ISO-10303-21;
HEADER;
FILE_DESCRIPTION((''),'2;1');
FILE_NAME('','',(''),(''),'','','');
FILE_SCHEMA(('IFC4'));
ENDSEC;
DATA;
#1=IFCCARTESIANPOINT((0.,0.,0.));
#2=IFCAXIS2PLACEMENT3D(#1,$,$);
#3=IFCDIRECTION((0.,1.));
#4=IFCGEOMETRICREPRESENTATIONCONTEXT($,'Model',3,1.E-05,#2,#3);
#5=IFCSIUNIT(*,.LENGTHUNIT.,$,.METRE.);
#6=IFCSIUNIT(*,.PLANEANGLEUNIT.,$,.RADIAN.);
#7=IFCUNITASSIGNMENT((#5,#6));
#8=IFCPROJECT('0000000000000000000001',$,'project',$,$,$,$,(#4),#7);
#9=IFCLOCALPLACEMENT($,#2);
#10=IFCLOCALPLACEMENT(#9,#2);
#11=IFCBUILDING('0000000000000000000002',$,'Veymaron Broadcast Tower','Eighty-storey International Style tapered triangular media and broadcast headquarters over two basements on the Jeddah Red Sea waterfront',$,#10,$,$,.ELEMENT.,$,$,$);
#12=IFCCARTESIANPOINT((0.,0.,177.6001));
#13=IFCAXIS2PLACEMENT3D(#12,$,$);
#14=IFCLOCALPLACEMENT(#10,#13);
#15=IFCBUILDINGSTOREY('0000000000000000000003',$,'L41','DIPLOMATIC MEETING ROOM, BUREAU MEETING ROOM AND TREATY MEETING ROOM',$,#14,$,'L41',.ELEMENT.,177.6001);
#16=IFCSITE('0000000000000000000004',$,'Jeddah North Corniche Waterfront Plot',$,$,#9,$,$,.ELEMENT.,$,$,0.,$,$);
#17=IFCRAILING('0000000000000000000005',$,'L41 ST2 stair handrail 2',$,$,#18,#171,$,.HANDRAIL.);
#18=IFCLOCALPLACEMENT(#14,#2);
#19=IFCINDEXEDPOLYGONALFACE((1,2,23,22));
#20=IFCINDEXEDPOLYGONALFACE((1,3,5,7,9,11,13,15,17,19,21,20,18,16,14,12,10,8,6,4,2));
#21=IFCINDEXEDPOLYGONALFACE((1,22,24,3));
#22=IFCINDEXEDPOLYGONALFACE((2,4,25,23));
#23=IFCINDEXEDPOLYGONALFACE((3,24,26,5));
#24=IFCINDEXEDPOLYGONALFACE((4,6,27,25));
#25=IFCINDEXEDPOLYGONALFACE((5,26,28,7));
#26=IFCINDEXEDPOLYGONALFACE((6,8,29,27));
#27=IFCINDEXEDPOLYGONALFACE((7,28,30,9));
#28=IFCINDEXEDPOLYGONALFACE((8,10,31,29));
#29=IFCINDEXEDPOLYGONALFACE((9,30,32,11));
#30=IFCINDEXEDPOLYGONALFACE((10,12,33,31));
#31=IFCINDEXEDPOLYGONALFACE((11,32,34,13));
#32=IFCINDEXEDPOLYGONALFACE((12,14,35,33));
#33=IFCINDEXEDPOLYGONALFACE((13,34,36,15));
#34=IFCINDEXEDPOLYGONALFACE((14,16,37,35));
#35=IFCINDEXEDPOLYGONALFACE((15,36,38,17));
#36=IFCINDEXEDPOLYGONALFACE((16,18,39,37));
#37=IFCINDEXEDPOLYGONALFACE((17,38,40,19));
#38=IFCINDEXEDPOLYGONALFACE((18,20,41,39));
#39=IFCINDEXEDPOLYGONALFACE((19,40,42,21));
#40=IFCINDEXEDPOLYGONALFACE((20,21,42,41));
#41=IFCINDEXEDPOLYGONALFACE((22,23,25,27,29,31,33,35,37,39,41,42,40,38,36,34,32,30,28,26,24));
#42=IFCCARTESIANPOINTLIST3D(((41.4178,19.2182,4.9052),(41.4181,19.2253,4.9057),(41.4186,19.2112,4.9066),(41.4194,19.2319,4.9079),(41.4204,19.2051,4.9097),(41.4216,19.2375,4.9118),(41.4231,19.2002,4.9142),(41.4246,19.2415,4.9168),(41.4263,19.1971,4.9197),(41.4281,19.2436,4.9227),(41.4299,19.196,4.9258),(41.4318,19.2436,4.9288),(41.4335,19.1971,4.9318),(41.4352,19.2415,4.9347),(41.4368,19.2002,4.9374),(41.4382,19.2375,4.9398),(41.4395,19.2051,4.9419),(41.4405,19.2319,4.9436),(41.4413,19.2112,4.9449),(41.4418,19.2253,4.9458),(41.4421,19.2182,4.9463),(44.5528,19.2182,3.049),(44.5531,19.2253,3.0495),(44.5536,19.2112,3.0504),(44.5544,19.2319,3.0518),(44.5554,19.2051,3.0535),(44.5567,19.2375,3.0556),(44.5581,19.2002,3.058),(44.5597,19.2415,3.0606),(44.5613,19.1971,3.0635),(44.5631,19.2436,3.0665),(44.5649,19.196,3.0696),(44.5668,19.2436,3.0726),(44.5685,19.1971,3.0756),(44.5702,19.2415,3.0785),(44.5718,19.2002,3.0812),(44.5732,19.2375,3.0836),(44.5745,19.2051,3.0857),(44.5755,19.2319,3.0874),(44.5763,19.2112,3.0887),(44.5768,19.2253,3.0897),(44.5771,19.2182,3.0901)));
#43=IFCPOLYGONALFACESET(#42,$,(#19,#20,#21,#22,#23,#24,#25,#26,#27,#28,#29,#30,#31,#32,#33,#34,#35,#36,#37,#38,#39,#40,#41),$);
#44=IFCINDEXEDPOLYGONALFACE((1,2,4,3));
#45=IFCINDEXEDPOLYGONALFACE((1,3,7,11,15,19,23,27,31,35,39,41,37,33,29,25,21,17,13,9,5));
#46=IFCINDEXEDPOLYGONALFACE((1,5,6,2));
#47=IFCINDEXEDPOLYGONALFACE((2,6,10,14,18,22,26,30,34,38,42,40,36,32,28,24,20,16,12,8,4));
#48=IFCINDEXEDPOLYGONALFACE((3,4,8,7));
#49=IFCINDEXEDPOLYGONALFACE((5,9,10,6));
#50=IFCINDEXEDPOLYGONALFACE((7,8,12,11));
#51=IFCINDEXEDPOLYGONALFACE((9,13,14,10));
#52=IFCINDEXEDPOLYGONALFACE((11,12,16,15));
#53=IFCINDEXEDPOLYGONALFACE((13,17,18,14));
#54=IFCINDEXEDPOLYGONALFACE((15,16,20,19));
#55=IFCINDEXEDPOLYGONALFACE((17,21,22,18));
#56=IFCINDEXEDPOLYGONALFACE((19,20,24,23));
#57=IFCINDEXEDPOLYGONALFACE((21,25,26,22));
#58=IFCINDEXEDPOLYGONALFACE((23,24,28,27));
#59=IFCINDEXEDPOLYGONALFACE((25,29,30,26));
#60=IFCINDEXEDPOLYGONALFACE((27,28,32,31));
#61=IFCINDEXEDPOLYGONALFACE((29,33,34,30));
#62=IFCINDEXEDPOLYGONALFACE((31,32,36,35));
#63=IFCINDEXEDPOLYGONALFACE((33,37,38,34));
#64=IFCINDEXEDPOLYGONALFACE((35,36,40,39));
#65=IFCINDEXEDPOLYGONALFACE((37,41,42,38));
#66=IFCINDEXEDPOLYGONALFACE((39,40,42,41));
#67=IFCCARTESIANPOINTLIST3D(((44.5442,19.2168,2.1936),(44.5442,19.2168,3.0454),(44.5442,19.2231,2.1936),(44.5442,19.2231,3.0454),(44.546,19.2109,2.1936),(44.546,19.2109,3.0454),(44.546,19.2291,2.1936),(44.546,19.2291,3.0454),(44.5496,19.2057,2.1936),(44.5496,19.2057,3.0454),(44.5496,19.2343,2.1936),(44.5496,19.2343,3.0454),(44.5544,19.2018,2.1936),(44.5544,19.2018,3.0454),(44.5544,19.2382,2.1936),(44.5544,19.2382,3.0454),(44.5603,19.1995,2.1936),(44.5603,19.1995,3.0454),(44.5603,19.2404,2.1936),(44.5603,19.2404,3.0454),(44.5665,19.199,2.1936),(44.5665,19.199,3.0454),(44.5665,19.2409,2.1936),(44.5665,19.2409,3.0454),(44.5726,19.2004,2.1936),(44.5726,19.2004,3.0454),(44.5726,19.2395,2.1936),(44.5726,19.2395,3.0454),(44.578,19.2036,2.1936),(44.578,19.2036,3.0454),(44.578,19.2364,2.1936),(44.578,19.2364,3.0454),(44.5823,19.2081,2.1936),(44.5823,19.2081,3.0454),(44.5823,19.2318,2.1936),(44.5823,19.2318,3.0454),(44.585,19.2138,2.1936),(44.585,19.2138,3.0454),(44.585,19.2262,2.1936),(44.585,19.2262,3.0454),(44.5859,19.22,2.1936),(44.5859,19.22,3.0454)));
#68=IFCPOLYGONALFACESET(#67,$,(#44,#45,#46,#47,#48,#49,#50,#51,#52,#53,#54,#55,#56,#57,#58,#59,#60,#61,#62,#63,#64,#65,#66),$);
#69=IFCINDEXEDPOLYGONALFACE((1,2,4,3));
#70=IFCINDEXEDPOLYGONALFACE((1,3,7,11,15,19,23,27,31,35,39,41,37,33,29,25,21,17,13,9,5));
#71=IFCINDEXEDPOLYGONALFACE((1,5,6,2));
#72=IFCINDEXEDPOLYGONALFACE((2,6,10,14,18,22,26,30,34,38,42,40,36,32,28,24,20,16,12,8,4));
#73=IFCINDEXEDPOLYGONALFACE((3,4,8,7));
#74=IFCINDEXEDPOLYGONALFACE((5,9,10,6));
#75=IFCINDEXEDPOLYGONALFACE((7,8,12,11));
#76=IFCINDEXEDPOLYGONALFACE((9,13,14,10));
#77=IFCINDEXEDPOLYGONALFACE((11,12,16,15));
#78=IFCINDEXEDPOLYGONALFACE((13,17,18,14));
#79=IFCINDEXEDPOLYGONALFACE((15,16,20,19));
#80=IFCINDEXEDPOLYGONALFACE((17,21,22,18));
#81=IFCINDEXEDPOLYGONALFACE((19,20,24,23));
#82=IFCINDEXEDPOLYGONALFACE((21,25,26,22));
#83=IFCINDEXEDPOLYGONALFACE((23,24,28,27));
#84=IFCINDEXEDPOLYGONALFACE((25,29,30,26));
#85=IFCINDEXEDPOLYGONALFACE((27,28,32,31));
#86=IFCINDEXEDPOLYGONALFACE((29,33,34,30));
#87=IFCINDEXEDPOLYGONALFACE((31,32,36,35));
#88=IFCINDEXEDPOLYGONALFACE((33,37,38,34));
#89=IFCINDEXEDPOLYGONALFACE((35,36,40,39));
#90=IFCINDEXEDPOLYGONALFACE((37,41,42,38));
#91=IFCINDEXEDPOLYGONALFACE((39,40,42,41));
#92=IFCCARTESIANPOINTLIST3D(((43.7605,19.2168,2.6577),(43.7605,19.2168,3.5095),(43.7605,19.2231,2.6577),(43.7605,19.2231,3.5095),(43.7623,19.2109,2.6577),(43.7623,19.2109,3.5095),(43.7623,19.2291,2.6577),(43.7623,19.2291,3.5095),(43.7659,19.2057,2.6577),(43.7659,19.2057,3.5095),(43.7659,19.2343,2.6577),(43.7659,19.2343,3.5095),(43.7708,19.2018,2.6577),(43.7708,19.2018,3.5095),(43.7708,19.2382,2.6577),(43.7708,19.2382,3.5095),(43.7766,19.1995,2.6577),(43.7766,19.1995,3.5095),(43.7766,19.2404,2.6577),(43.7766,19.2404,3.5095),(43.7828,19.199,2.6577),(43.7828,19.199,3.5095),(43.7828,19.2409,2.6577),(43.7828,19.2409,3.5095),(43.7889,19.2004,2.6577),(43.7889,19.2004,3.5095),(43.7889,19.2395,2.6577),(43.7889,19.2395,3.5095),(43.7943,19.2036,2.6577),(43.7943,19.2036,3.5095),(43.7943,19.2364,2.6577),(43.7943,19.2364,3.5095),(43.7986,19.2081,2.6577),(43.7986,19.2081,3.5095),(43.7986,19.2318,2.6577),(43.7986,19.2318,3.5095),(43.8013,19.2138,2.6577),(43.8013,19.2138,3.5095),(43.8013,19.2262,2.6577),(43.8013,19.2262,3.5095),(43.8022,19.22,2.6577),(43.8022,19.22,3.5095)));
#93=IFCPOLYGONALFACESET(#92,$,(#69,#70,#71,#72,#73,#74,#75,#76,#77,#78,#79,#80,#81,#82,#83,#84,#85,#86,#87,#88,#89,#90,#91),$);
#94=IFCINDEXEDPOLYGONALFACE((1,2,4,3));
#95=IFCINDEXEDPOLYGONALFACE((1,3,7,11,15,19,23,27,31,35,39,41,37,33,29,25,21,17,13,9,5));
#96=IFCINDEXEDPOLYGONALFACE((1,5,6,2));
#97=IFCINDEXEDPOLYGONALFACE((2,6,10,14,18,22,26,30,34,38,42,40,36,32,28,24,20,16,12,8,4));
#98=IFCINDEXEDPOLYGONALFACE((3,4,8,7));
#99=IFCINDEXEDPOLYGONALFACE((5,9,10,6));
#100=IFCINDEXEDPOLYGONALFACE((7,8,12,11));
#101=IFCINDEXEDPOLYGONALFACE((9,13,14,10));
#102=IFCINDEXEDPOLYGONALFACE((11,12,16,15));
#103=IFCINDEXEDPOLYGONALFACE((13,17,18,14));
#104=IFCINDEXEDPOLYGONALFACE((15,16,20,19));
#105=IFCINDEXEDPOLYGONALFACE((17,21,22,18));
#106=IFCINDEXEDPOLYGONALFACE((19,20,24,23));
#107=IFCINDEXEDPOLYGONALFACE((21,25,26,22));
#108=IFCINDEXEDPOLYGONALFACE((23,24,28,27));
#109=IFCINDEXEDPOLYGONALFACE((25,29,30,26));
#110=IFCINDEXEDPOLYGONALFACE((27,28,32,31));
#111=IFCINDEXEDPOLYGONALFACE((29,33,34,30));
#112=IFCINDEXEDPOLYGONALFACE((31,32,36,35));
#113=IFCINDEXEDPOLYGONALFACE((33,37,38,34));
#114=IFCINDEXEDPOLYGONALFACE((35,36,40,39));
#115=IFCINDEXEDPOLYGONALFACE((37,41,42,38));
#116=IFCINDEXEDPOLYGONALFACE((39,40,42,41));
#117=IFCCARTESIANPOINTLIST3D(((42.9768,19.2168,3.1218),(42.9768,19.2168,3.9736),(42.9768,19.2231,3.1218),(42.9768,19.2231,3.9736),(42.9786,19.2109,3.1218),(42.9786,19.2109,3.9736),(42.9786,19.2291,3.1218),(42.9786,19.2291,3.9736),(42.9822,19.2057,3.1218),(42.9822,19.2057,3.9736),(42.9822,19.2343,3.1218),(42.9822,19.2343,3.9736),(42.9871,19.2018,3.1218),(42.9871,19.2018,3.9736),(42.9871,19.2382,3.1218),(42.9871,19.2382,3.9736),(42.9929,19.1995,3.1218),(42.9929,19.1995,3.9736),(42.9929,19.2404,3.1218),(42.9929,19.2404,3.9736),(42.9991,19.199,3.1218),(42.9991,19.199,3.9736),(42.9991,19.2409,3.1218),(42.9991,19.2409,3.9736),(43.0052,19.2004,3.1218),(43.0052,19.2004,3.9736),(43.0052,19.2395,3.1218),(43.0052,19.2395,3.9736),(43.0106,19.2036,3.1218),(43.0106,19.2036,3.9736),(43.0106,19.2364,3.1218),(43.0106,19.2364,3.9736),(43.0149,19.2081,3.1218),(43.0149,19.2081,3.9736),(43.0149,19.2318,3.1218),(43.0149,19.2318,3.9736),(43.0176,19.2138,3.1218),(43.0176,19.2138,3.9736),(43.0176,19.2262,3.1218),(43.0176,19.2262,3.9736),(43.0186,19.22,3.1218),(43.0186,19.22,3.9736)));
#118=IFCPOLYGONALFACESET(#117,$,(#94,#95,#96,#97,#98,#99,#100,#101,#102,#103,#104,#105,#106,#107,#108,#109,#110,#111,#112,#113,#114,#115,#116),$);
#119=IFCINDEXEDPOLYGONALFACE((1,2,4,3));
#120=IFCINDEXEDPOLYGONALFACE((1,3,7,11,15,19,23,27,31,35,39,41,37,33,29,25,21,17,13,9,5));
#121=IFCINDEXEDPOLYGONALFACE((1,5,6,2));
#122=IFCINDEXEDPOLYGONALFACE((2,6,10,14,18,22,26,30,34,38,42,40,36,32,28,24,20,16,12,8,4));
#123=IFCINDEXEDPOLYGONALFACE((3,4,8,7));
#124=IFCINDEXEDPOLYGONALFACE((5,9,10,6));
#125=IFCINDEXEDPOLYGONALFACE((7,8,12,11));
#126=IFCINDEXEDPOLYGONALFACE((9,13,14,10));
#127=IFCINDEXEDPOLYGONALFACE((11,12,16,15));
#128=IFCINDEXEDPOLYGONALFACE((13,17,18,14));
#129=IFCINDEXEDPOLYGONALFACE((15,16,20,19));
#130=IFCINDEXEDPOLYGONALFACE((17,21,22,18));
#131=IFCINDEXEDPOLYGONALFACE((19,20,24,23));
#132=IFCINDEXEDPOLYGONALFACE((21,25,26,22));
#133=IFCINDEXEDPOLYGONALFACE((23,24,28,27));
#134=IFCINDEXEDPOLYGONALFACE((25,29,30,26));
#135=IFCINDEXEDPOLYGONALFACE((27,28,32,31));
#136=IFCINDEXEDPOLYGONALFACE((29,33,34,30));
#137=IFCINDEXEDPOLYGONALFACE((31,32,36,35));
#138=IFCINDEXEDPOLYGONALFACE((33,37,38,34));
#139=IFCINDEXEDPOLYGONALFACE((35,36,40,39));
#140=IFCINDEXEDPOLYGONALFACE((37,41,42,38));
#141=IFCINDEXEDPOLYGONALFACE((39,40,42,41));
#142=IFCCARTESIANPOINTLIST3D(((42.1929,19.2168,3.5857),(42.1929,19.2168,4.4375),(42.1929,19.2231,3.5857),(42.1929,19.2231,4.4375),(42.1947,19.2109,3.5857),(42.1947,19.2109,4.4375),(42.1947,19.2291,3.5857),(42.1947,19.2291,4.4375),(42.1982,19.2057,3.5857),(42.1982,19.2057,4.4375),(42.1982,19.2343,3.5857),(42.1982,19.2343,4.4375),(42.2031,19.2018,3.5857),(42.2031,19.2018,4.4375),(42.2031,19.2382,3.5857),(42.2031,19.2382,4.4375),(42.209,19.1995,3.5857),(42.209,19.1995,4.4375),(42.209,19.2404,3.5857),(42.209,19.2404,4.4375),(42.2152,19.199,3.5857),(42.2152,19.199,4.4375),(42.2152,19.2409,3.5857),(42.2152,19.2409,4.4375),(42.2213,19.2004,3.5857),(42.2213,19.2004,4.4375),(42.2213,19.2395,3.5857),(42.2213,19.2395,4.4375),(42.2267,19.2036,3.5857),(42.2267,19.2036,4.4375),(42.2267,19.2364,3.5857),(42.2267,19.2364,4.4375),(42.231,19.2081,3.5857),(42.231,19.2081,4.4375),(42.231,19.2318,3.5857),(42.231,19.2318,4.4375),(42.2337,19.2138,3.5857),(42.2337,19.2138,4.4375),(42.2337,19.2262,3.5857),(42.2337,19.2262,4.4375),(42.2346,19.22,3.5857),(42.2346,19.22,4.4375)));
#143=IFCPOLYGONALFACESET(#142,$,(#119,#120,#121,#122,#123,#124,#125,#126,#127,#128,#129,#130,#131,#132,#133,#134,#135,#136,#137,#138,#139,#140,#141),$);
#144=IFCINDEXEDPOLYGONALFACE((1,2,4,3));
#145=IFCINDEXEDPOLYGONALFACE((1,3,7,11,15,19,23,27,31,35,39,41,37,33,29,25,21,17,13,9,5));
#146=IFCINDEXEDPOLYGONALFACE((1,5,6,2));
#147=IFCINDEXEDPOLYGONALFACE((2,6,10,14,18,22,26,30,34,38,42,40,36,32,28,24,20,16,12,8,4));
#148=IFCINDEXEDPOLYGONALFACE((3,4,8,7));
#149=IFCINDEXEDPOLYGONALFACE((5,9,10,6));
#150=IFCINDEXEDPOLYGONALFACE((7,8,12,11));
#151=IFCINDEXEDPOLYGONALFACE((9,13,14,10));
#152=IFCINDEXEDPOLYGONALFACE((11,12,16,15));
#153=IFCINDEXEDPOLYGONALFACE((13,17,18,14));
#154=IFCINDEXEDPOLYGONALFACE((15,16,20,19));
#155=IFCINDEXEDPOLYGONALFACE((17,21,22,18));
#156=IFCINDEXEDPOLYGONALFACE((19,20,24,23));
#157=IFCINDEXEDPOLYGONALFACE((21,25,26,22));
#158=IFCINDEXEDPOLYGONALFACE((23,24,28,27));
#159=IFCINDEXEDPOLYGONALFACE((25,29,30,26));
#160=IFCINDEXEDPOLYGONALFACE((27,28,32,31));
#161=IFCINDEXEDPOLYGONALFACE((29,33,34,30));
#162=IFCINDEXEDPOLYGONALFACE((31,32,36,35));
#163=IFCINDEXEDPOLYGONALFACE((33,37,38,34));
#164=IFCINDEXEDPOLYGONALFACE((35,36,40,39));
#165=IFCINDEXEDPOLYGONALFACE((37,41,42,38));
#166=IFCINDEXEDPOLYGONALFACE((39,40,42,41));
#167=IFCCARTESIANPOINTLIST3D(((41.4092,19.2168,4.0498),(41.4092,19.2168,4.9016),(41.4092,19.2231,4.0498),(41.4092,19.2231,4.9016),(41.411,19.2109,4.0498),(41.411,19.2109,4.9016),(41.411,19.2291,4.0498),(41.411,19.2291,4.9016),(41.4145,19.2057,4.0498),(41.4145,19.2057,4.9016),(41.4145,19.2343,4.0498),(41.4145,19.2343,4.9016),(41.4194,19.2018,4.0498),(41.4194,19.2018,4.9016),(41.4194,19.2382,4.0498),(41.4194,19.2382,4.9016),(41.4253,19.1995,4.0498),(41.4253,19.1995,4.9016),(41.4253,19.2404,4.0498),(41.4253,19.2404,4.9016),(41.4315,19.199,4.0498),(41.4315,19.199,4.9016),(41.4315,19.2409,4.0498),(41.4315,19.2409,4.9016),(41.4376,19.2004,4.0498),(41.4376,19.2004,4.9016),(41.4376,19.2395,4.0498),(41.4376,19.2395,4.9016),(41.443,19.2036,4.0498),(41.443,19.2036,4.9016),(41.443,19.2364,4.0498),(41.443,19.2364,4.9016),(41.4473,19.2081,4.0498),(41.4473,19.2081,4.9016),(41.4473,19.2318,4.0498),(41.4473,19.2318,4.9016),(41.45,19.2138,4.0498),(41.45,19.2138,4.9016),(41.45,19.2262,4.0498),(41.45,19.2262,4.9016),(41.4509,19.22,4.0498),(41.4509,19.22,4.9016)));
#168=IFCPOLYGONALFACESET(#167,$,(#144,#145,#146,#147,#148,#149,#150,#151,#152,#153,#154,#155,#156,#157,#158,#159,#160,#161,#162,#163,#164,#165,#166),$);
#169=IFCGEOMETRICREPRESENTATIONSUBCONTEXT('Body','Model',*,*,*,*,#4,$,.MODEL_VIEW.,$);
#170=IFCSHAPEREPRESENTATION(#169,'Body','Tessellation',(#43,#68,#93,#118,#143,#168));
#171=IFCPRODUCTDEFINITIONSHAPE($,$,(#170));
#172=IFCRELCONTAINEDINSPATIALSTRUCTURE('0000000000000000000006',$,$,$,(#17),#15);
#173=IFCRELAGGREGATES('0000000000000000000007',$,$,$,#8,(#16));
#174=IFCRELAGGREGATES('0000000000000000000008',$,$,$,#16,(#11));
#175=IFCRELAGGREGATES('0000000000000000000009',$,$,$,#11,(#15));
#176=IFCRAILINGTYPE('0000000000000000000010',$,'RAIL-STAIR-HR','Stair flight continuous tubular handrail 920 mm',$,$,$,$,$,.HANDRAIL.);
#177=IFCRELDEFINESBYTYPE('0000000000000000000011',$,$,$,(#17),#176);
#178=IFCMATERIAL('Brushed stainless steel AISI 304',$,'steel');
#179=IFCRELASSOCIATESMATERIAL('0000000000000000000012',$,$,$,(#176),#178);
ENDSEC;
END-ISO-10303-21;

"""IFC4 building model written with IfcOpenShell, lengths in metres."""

from ifc_helpers import new_model, si_unit, direction, frame, origin, origin_2d, place, context, subcontext, project, spatial, circle, extrude, material, type_object, element, save


model = new_model("IFC4")

# Units and contexts
model_context = context("Model", 3, precision=1e-05, world=origin(), true_north=direction((0.0, 1.0)))
body_context = subcontext(model_context, "Body", "Model", "MODEL_VIEW")
ifc_project = project(units=[si_unit("LENGTHUNIT", "METRE"), si_unit("PLANEANGLEUNIT", "RADIAN")], contexts=[model_context])

# Site, building, storey
site_placement = place(None, origin())
site = spatial("IfcSite", under=ifc_project, at=site_placement, Name="Jeddah North Corniche Waterfront Plot", CompositionType="ELEMENT", RefElevation=0.0)
building_placement = place(site_placement, origin())
building = spatial("IfcBuilding", under=site, at=building_placement, Name="Veymaron Broadcast Tower", Description="Eighty-storey International Style tapered triangular media and broadcast headquarters over two basements on the Jeddah Red Sea waterfront", CompositionType="ELEMENT")
storey_placement = place(building_placement, frame((0.0, 0.0, 177.6001)))
storey = spatial("IfcBuildingStorey", under=building, at=storey_placement, Name="L41", Description="DIPLOMATIC MEETING ROOM, BUREAU MEETING ROOM AND TREATY MEETING ROOM", LongName="L41", CompositionType="ELEMENT", Elevation=177.6001)

# Railing
ifc_material_1 = material(Name="Brushed stainless steel AISI 304", Category="steel")
railing_type_1 = type_object("IfcRailingType", Name="RAIL-STAIR-HR", Description="Stair flight continuous tubular handrail 920 mm", PredefinedType="HANDRAIL", material=ifc_material_1)
railing_1_placement = place(storey_placement, frame((44.5649, 19.22, 2.1936)))
element("IfcRailing", 1, at=railing_1_placement, inside=storey, type_object=railing_type_1, Name="L41 ST2 stair handrail 2", PredefinedType="HANDRAIL", context=body_context, shape_type="SweptSolid", body=[
    extrude(circle(Radius=0.0239, at=origin_2d()), frame((0.0, 0.0, 0.876), z_axis=(-0.860482, 0.0, 0.509481), x_axis=(0.0, -1.0, 0.0)), (0.0, 0.0, 1.0), 3.6433),
    extrude(circle(Radius=0.021, at=origin_2d()), origin(), (0.0, 0.0, 1.0), 0.8518),
    extrude(circle(Radius=0.021, at=origin_2d()), frame((-0.7837, 0.0, 0.4641)), (0.0, 0.0, 1.0), 0.8518),
    extrude(circle(Radius=0.021, at=origin_2d()), frame((-1.5674, 0.0, 0.9282)), (0.0, 0.0, 1.0), 0.8518),
    extrude(circle(Radius=0.021, at=origin_2d()), frame((-2.3513, 0.0, 1.3921)), (0.0, 0.0, 1.0), 0.8518),
    extrude(circle(Radius=0.021, at=origin_2d()), frame((-3.135, 0.0, 1.8562)), (0.0, 0.0, 1.0), 0.8518),
])

save(model, "model.ifc")
